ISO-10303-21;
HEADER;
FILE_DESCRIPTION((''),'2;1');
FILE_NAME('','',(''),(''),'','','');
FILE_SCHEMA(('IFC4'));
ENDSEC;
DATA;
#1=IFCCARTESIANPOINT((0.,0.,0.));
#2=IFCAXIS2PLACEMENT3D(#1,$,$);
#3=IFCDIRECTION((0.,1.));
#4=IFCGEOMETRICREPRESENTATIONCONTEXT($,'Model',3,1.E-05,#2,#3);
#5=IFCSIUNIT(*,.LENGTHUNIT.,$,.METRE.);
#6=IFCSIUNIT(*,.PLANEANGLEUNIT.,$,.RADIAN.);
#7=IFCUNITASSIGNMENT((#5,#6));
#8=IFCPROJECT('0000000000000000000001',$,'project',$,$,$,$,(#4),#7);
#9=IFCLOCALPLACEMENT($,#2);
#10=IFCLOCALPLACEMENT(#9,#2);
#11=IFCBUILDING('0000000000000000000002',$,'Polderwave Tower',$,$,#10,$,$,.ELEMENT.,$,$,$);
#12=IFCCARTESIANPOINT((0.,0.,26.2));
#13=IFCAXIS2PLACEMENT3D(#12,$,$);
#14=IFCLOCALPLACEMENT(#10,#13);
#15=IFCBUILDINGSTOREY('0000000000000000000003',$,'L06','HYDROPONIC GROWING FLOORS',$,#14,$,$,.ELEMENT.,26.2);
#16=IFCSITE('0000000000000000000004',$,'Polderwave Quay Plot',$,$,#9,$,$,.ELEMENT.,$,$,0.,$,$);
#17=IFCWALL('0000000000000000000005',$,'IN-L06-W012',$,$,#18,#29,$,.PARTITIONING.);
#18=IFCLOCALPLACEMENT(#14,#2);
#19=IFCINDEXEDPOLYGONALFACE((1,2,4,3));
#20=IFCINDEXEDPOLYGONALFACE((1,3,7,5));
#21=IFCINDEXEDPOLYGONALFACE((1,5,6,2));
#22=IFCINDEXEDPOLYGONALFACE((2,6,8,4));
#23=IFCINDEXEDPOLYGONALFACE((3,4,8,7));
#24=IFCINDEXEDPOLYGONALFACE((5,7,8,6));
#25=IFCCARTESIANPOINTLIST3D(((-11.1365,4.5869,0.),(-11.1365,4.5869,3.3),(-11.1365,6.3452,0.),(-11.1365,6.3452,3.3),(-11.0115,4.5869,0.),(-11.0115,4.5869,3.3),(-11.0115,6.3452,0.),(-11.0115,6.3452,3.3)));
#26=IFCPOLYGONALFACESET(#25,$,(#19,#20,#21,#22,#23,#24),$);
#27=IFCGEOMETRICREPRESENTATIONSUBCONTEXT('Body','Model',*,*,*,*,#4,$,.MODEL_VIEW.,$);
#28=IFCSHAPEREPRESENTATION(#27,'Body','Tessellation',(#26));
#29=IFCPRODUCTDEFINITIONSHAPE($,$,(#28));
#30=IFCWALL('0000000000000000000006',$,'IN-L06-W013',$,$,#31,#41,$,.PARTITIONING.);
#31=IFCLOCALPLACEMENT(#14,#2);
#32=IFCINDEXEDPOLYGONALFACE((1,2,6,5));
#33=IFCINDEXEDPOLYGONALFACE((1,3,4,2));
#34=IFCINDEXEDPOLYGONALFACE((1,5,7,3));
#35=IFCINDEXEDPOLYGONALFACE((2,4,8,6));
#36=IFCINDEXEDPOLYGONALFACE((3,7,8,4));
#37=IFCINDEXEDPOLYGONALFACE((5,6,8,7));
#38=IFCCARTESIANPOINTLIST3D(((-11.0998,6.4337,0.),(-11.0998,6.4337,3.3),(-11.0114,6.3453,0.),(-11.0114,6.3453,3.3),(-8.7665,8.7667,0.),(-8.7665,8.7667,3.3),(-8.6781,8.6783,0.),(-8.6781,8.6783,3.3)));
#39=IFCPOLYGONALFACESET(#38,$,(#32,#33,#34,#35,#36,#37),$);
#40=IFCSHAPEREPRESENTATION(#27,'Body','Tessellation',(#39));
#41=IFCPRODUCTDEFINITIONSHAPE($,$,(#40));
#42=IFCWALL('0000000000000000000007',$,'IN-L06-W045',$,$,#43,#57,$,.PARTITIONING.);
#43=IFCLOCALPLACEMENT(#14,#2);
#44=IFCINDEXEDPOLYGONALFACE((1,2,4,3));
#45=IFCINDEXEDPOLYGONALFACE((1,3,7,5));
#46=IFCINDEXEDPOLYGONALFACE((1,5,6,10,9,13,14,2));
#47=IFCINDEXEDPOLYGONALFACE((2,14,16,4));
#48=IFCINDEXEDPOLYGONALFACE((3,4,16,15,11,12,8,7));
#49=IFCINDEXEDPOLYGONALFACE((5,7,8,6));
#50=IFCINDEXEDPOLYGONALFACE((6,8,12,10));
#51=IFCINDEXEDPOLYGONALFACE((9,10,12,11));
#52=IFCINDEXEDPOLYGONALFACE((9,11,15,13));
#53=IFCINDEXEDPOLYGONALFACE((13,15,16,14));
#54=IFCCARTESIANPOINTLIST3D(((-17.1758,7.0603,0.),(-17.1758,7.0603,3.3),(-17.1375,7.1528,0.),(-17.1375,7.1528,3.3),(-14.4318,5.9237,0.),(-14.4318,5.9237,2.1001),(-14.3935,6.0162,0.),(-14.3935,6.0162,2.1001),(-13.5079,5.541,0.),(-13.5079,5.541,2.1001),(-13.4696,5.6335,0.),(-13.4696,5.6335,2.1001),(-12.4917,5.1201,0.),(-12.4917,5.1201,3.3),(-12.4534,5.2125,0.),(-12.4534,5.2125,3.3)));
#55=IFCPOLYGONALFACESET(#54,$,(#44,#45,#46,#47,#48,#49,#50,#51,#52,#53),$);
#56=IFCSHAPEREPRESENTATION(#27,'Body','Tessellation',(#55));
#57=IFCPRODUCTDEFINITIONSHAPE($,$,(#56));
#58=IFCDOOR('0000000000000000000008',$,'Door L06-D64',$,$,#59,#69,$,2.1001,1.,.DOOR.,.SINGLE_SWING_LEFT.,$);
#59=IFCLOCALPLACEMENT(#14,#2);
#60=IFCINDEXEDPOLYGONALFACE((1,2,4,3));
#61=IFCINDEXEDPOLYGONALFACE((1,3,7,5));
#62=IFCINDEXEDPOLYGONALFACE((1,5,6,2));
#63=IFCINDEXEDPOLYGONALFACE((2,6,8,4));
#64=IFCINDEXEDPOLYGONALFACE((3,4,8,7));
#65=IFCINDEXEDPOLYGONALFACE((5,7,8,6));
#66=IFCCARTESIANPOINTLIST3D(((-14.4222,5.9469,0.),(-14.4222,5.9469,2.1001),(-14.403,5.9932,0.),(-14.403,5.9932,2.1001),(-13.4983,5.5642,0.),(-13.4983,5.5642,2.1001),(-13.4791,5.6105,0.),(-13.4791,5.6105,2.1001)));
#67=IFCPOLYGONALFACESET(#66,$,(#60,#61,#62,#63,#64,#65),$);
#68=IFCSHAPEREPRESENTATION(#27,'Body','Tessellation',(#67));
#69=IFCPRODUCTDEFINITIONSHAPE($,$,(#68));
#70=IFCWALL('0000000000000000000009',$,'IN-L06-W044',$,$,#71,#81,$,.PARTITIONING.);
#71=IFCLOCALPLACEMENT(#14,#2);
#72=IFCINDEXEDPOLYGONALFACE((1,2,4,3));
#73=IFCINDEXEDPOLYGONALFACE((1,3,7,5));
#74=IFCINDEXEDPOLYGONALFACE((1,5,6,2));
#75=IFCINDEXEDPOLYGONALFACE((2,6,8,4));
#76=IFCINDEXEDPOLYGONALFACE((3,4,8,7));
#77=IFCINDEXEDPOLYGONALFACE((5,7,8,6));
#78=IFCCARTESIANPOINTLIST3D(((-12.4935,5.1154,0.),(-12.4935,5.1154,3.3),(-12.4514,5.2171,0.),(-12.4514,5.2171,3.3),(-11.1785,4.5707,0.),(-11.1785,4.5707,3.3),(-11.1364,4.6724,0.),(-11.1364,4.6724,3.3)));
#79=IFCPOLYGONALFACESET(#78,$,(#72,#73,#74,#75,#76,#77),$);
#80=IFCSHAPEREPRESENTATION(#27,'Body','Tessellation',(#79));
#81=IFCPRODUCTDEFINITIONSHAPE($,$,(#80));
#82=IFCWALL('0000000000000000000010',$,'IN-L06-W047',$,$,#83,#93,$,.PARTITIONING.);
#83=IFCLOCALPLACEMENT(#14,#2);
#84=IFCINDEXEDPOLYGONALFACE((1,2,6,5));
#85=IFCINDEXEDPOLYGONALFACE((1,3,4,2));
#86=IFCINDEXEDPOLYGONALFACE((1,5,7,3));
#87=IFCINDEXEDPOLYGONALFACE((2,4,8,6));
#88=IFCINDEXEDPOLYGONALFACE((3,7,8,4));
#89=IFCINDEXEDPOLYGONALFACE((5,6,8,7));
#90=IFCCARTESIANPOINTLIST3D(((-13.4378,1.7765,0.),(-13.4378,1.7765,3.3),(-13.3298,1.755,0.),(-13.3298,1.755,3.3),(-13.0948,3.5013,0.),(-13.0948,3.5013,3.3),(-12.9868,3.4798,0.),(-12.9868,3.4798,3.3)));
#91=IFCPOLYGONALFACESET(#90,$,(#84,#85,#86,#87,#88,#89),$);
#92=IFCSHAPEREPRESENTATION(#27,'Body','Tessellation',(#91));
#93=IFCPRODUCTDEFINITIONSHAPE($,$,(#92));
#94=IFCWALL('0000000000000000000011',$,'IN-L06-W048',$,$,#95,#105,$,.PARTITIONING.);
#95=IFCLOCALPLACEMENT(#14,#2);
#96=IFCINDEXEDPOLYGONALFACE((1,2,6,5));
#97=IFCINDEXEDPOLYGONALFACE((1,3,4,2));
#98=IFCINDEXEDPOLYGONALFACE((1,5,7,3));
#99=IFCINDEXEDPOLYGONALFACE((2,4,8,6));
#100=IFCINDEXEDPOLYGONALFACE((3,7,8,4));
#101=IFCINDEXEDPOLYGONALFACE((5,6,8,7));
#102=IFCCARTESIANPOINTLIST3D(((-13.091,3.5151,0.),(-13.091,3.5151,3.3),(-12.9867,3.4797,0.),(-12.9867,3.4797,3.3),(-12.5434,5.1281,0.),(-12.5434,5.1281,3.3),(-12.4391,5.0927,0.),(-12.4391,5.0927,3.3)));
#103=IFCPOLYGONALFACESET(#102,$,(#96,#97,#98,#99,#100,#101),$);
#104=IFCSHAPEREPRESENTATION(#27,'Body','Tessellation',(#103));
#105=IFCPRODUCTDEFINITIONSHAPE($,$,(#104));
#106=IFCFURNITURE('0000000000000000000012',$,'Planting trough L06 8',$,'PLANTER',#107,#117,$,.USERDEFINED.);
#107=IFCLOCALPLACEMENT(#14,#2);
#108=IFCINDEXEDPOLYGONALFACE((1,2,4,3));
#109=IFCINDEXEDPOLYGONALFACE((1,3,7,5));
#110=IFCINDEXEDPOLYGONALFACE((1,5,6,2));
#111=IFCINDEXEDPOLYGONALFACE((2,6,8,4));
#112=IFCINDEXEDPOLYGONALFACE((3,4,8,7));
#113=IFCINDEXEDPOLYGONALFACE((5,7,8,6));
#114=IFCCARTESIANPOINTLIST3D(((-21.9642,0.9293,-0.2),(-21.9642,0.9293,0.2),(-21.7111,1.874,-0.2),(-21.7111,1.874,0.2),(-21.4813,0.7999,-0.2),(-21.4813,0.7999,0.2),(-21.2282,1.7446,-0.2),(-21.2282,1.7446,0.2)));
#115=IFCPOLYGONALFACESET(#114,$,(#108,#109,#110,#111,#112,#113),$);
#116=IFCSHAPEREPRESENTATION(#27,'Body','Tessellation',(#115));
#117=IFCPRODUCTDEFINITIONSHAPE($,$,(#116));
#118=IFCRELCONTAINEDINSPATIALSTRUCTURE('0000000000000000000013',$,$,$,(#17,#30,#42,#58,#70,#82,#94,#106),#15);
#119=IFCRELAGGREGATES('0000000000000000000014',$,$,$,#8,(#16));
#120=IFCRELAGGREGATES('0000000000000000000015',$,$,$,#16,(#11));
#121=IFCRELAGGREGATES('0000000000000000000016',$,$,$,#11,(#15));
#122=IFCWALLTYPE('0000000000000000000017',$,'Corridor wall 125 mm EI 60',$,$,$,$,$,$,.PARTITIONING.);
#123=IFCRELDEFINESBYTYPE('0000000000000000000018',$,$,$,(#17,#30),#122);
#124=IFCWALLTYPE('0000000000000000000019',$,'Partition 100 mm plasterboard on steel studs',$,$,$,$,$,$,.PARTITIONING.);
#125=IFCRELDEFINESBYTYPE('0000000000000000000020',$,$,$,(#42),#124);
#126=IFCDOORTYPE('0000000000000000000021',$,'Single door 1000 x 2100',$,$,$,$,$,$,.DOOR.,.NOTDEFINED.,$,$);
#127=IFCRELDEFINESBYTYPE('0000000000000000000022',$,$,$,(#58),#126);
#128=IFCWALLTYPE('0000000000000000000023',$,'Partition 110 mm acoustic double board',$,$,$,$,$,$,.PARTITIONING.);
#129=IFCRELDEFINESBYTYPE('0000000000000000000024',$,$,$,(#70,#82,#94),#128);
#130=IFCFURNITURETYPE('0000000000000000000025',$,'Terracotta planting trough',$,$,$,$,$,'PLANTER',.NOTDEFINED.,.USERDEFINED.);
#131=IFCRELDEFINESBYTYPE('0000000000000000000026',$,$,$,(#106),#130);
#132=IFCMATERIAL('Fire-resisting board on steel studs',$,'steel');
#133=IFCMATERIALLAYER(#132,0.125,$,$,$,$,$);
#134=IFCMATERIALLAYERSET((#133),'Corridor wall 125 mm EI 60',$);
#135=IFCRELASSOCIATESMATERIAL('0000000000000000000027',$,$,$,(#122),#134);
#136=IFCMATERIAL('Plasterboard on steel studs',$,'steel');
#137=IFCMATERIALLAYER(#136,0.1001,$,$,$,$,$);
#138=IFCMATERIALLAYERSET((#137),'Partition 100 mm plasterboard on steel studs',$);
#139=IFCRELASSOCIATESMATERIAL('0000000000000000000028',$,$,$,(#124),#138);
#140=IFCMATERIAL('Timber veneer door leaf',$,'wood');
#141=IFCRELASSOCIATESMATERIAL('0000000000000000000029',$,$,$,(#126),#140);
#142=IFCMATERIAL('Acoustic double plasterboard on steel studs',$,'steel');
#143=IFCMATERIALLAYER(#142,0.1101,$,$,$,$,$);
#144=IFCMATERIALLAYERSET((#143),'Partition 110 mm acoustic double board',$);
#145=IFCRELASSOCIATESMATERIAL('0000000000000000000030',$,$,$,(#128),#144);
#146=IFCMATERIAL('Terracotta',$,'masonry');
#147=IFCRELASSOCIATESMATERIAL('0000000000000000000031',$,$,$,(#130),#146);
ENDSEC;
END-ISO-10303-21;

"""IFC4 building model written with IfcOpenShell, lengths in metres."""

from ifc_helpers import new_model, si_unit, direction, frame, frame_2d, origin, origin_2d, place, context, subcontext, project, spatial, rectangle, extrude, material, layer, layer_set, type_object, element, fill, save


model = new_model("IFC4")

# Units and contexts
model_context = context("Model", 3, precision=1e-05, world=origin(), true_north=direction((0.0, 1.0)))
body_context = subcontext(model_context, "Body", "Model", "MODEL_VIEW")
ifc_project = project(units=[si_unit("LENGTHUNIT", "METRE"), si_unit("PLANEANGLEUNIT", "RADIAN")], contexts=[model_context])

# Site, building, storey
site_placement = place(None, origin())
site = spatial("IfcSite", under=ifc_project, at=site_placement, Name="Polderwave Quay Plot", CompositionType="ELEMENT", RefElevation=0.0)
building_placement = place(site_placement, origin())
building = spatial("IfcBuilding", under=site, at=building_placement, Name="Polderwave Tower", CompositionType="ELEMENT")
storey_placement = place(building_placement, frame((0.0, 0.0, 26.2)))
storey = spatial("IfcBuildingStorey", under=building, at=storey_placement, Name="L06", Description="HYDROPONIC GROWING FLOORS", CompositionType="ELEMENT", Elevation=26.2)

# Shared definitions
ifc_material_1 = material(Name="Fire-resisting board on steel studs", Category="steel")
ifc_layer_1 = layer(ifc_material_1, 0.125)
ifc_layer_set_1 = layer_set([ifc_layer_1], Name="Corridor wall 125 mm EI 60")
wall_type_1 = type_object("IfcWallType", Name="Corridor wall 125 mm EI 60", PredefinedType="PARTITIONING", material=ifc_layer_set_1)

# Walls
wall_1_placement = place(storey_placement, frame((-11.074, 4.5869, 0.0), z_axis=(0.0, 0.0, 1.0), x_axis=(0.0, 1.0, 0.0)))
element("IfcWall", 1, at=wall_1_placement, inside=storey, type_object=wall_type_1, Name="IN-L06-W012", PredefinedType="PARTITIONING", context=body_context, shape_type="SweptSolid", body=[
    extrude(rectangle(XDim=1.7583, YDim=0.125, at=frame_2d((0.8792, 0.0))), origin(), (0.0, 0.0, 1.0), 3.3),
])
wall_2_placement = place(storey_placement, frame((-11.0557, 6.3894, 0.0), z_axis=(0.0, 0.0, 1.0), x_axis=(0.707144, 0.70707, 0.0)))
element("IfcWall", 2, at=wall_2_placement, inside=storey, type_object=wall_type_1, Name="IN-L06-W013", PredefinedType="PARTITIONING", context=body_context, shape_type="SweptSolid", body=[
    extrude(rectangle(XDim=3.2996, YDim=0.125, at=frame_2d((1.6499, 0.0))), origin(), (0.0, 0.0, 1.0), 3.3),
])

# Wall, opening, door
ifc_material_2 = material(Name="Plasterboard on steel studs", Category="steel")
ifc_layer_2 = layer(ifc_material_2, 0.1001)
ifc_layer_set_2 = layer_set([ifc_layer_2], Name="Partition 100 mm plasterboard on steel studs")
wall_type_2 = type_object("IfcWallType", Name="Partition 100 mm plasterboard on steel studs", PredefinedType="PARTITIONING", material=ifc_layer_set_2)
wall_3_placement = place(storey_placement, frame((-12.4724, 5.1663, 0.0), z_axis=(0.0, 0.0, 1.0), x_axis=(-0.923881, 0.382679, 0.0)))
wall_3 = element("IfcWall", 3, at=wall_3_placement, inside=storey, type_object=wall_type_2, Name="IN-L06-W045", PredefinedType="PARTITIONING", context=body_context, shape_type="SweptSolid", body=[
    extrude(rectangle(XDim=5.0701, YDim=0.1001, at=frame_2d((2.5352, 0.0))), origin(), (0.0, 0.0, 1.0), 3.3),
])
opening_1_placement = place(wall_3_placement, frame((1.1001, 0.0, 0.0)))
opening_1 = element("IfcOpeningElement", 4, at=opening_1_placement, cuts=wall_3, PredefinedType="OPENING", context=body_context, shape_type="SweptSolid", body=[
    extrude(rectangle(XDim=1.0, YDim=2.1001, at=frame_2d((0.5, 1.05))), frame((0.0, 0.0601, 0.0), z_axis=(0.0, -1.0, 0.0), x_axis=(1.0, 0.0, 0.0)), (0.0, 0.0, 1.0), 0.1201),
])
ifc_material_3 = material(Name="Timber veneer door leaf", Category="wood")
door_type_1 = type_object("IfcDoorType", Name="Single door 1000 x 2100", OperationType="NOTDEFINED", PredefinedType="DOOR", material=ifc_material_3)
door_1_placement = place(opening_1_placement, origin())
door_1 = element("IfcDoor", 5, at=door_1_placement, inside=storey, type_object=door_type_1, Name="Door L06-D64", OperationType="SINGLE_SWING_LEFT", OverallHeight=2.1001, OverallWidth=1.0, PredefinedType="DOOR", context=body_context, shape_type="SweptSolid", body=[
    extrude(rectangle(XDim=1.0, YDim=2.1001, at=frame_2d((0.5, 1.05))), frame((0.0, 0.0249, 0.0), z_axis=(0.0, -1.0, 0.0), x_axis=(1.0, 0.0, 0.0)), (0.0, 0.0, 1.0), 0.05),
])
fill(opening_1, door_1)

# Walls
ifc_material_4 = material(Name="Acoustic double plasterboard on steel studs", Category="steel")
ifc_layer_3 = layer(ifc_material_4, 0.1101)
ifc_layer_set_3 = layer_set([ifc_layer_3], Name="Partition 110 mm acoustic double board")
wall_type_3 = type_object("IfcWallType", Name="Partition 110 mm acoustic double board", PredefinedType="PARTITIONING", material=ifc_layer_set_3)
wall_4_placement = place(storey_placement, frame((-11.1575, 4.6216, 0.0), z_axis=(0.0, 0.0, 1.0), x_axis=(-0.923877, 0.38269, 0.0)))
element("IfcWall", 6, at=wall_4_placement, inside=storey, type_object=wall_type_3, Name="IN-L06-W044", PredefinedType="PARTITIONING", context=body_context, shape_type="SweptSolid", body=[
    extrude(rectangle(XDim=1.4233, YDim=0.1101, at=frame_2d((0.7117, 0.0))), origin(), (0.0, 0.0, 1.0), 3.3),
])
wall_5_placement = place(storey_placement, frame((-13.3838, 1.7656, 0.0), z_axis=(0.0, 0.0, 1.0), x_axis=(0.195048, 0.980794, 0.0)))
element("IfcWall", 7, at=wall_5_placement, inside=storey, type_object=wall_type_3, Name="IN-L06-W047", PredefinedType="PARTITIONING", context=body_context, shape_type="SweptSolid", body=[
    extrude(rectangle(XDim=1.7585, YDim=0.1101, at=frame_2d((0.8794, 0.0))), origin(), (0.0, 0.0, 1.0), 3.3),
])
wall_6_placement = place(storey_placement, frame((-13.0388, 3.4976, 0.0), z_axis=(0.0, 0.0, 1.0), x_axis=(0.321468, 0.94692, 0.0)))
element("IfcWall", 8, at=wall_6_placement, inside=storey, type_object=wall_type_3, Name="IN-L06-W048", PredefinedType="PARTITIONING", context=body_context, shape_type="SweptSolid", body=[
    extrude(rectangle(XDim=1.7034, YDim=0.1101, at=frame_2d((0.8516, 0.0))), origin(), (0.0, 0.0, 1.0), 3.3),
])

# Furniture
ifc_material_5 = material(Name="Terracotta", Category="masonry")
furniture_type = type_object("IfcFurnitureType", Name="Terracotta planting trough", ElementType="PLANTER", AssemblyPlace="NOTDEFINED", PredefinedType="USERDEFINED", material=ifc_material_5)
furniture_placement = place(storey_placement, frame((-21.5962, 1.3369, -0.2), z_axis=(0.0, 0.0, 1.0), x_axis=(-0.258789, -0.965934, 0.0)))
element("IfcFurniture", 9, at=furniture_placement, inside=storey, type_object=furniture_type, Name="Planting trough L06 8", ObjectType="PLANTER", PredefinedType="USERDEFINED", context=body_context, shape_type="SweptSolid", body=[
    extrude(rectangle(XDim=0.978, YDim=0.5, at=origin_2d()), origin(), (0.0, 0.0, 1.0), 0.3999),
])

save(model, "model.ifc")
